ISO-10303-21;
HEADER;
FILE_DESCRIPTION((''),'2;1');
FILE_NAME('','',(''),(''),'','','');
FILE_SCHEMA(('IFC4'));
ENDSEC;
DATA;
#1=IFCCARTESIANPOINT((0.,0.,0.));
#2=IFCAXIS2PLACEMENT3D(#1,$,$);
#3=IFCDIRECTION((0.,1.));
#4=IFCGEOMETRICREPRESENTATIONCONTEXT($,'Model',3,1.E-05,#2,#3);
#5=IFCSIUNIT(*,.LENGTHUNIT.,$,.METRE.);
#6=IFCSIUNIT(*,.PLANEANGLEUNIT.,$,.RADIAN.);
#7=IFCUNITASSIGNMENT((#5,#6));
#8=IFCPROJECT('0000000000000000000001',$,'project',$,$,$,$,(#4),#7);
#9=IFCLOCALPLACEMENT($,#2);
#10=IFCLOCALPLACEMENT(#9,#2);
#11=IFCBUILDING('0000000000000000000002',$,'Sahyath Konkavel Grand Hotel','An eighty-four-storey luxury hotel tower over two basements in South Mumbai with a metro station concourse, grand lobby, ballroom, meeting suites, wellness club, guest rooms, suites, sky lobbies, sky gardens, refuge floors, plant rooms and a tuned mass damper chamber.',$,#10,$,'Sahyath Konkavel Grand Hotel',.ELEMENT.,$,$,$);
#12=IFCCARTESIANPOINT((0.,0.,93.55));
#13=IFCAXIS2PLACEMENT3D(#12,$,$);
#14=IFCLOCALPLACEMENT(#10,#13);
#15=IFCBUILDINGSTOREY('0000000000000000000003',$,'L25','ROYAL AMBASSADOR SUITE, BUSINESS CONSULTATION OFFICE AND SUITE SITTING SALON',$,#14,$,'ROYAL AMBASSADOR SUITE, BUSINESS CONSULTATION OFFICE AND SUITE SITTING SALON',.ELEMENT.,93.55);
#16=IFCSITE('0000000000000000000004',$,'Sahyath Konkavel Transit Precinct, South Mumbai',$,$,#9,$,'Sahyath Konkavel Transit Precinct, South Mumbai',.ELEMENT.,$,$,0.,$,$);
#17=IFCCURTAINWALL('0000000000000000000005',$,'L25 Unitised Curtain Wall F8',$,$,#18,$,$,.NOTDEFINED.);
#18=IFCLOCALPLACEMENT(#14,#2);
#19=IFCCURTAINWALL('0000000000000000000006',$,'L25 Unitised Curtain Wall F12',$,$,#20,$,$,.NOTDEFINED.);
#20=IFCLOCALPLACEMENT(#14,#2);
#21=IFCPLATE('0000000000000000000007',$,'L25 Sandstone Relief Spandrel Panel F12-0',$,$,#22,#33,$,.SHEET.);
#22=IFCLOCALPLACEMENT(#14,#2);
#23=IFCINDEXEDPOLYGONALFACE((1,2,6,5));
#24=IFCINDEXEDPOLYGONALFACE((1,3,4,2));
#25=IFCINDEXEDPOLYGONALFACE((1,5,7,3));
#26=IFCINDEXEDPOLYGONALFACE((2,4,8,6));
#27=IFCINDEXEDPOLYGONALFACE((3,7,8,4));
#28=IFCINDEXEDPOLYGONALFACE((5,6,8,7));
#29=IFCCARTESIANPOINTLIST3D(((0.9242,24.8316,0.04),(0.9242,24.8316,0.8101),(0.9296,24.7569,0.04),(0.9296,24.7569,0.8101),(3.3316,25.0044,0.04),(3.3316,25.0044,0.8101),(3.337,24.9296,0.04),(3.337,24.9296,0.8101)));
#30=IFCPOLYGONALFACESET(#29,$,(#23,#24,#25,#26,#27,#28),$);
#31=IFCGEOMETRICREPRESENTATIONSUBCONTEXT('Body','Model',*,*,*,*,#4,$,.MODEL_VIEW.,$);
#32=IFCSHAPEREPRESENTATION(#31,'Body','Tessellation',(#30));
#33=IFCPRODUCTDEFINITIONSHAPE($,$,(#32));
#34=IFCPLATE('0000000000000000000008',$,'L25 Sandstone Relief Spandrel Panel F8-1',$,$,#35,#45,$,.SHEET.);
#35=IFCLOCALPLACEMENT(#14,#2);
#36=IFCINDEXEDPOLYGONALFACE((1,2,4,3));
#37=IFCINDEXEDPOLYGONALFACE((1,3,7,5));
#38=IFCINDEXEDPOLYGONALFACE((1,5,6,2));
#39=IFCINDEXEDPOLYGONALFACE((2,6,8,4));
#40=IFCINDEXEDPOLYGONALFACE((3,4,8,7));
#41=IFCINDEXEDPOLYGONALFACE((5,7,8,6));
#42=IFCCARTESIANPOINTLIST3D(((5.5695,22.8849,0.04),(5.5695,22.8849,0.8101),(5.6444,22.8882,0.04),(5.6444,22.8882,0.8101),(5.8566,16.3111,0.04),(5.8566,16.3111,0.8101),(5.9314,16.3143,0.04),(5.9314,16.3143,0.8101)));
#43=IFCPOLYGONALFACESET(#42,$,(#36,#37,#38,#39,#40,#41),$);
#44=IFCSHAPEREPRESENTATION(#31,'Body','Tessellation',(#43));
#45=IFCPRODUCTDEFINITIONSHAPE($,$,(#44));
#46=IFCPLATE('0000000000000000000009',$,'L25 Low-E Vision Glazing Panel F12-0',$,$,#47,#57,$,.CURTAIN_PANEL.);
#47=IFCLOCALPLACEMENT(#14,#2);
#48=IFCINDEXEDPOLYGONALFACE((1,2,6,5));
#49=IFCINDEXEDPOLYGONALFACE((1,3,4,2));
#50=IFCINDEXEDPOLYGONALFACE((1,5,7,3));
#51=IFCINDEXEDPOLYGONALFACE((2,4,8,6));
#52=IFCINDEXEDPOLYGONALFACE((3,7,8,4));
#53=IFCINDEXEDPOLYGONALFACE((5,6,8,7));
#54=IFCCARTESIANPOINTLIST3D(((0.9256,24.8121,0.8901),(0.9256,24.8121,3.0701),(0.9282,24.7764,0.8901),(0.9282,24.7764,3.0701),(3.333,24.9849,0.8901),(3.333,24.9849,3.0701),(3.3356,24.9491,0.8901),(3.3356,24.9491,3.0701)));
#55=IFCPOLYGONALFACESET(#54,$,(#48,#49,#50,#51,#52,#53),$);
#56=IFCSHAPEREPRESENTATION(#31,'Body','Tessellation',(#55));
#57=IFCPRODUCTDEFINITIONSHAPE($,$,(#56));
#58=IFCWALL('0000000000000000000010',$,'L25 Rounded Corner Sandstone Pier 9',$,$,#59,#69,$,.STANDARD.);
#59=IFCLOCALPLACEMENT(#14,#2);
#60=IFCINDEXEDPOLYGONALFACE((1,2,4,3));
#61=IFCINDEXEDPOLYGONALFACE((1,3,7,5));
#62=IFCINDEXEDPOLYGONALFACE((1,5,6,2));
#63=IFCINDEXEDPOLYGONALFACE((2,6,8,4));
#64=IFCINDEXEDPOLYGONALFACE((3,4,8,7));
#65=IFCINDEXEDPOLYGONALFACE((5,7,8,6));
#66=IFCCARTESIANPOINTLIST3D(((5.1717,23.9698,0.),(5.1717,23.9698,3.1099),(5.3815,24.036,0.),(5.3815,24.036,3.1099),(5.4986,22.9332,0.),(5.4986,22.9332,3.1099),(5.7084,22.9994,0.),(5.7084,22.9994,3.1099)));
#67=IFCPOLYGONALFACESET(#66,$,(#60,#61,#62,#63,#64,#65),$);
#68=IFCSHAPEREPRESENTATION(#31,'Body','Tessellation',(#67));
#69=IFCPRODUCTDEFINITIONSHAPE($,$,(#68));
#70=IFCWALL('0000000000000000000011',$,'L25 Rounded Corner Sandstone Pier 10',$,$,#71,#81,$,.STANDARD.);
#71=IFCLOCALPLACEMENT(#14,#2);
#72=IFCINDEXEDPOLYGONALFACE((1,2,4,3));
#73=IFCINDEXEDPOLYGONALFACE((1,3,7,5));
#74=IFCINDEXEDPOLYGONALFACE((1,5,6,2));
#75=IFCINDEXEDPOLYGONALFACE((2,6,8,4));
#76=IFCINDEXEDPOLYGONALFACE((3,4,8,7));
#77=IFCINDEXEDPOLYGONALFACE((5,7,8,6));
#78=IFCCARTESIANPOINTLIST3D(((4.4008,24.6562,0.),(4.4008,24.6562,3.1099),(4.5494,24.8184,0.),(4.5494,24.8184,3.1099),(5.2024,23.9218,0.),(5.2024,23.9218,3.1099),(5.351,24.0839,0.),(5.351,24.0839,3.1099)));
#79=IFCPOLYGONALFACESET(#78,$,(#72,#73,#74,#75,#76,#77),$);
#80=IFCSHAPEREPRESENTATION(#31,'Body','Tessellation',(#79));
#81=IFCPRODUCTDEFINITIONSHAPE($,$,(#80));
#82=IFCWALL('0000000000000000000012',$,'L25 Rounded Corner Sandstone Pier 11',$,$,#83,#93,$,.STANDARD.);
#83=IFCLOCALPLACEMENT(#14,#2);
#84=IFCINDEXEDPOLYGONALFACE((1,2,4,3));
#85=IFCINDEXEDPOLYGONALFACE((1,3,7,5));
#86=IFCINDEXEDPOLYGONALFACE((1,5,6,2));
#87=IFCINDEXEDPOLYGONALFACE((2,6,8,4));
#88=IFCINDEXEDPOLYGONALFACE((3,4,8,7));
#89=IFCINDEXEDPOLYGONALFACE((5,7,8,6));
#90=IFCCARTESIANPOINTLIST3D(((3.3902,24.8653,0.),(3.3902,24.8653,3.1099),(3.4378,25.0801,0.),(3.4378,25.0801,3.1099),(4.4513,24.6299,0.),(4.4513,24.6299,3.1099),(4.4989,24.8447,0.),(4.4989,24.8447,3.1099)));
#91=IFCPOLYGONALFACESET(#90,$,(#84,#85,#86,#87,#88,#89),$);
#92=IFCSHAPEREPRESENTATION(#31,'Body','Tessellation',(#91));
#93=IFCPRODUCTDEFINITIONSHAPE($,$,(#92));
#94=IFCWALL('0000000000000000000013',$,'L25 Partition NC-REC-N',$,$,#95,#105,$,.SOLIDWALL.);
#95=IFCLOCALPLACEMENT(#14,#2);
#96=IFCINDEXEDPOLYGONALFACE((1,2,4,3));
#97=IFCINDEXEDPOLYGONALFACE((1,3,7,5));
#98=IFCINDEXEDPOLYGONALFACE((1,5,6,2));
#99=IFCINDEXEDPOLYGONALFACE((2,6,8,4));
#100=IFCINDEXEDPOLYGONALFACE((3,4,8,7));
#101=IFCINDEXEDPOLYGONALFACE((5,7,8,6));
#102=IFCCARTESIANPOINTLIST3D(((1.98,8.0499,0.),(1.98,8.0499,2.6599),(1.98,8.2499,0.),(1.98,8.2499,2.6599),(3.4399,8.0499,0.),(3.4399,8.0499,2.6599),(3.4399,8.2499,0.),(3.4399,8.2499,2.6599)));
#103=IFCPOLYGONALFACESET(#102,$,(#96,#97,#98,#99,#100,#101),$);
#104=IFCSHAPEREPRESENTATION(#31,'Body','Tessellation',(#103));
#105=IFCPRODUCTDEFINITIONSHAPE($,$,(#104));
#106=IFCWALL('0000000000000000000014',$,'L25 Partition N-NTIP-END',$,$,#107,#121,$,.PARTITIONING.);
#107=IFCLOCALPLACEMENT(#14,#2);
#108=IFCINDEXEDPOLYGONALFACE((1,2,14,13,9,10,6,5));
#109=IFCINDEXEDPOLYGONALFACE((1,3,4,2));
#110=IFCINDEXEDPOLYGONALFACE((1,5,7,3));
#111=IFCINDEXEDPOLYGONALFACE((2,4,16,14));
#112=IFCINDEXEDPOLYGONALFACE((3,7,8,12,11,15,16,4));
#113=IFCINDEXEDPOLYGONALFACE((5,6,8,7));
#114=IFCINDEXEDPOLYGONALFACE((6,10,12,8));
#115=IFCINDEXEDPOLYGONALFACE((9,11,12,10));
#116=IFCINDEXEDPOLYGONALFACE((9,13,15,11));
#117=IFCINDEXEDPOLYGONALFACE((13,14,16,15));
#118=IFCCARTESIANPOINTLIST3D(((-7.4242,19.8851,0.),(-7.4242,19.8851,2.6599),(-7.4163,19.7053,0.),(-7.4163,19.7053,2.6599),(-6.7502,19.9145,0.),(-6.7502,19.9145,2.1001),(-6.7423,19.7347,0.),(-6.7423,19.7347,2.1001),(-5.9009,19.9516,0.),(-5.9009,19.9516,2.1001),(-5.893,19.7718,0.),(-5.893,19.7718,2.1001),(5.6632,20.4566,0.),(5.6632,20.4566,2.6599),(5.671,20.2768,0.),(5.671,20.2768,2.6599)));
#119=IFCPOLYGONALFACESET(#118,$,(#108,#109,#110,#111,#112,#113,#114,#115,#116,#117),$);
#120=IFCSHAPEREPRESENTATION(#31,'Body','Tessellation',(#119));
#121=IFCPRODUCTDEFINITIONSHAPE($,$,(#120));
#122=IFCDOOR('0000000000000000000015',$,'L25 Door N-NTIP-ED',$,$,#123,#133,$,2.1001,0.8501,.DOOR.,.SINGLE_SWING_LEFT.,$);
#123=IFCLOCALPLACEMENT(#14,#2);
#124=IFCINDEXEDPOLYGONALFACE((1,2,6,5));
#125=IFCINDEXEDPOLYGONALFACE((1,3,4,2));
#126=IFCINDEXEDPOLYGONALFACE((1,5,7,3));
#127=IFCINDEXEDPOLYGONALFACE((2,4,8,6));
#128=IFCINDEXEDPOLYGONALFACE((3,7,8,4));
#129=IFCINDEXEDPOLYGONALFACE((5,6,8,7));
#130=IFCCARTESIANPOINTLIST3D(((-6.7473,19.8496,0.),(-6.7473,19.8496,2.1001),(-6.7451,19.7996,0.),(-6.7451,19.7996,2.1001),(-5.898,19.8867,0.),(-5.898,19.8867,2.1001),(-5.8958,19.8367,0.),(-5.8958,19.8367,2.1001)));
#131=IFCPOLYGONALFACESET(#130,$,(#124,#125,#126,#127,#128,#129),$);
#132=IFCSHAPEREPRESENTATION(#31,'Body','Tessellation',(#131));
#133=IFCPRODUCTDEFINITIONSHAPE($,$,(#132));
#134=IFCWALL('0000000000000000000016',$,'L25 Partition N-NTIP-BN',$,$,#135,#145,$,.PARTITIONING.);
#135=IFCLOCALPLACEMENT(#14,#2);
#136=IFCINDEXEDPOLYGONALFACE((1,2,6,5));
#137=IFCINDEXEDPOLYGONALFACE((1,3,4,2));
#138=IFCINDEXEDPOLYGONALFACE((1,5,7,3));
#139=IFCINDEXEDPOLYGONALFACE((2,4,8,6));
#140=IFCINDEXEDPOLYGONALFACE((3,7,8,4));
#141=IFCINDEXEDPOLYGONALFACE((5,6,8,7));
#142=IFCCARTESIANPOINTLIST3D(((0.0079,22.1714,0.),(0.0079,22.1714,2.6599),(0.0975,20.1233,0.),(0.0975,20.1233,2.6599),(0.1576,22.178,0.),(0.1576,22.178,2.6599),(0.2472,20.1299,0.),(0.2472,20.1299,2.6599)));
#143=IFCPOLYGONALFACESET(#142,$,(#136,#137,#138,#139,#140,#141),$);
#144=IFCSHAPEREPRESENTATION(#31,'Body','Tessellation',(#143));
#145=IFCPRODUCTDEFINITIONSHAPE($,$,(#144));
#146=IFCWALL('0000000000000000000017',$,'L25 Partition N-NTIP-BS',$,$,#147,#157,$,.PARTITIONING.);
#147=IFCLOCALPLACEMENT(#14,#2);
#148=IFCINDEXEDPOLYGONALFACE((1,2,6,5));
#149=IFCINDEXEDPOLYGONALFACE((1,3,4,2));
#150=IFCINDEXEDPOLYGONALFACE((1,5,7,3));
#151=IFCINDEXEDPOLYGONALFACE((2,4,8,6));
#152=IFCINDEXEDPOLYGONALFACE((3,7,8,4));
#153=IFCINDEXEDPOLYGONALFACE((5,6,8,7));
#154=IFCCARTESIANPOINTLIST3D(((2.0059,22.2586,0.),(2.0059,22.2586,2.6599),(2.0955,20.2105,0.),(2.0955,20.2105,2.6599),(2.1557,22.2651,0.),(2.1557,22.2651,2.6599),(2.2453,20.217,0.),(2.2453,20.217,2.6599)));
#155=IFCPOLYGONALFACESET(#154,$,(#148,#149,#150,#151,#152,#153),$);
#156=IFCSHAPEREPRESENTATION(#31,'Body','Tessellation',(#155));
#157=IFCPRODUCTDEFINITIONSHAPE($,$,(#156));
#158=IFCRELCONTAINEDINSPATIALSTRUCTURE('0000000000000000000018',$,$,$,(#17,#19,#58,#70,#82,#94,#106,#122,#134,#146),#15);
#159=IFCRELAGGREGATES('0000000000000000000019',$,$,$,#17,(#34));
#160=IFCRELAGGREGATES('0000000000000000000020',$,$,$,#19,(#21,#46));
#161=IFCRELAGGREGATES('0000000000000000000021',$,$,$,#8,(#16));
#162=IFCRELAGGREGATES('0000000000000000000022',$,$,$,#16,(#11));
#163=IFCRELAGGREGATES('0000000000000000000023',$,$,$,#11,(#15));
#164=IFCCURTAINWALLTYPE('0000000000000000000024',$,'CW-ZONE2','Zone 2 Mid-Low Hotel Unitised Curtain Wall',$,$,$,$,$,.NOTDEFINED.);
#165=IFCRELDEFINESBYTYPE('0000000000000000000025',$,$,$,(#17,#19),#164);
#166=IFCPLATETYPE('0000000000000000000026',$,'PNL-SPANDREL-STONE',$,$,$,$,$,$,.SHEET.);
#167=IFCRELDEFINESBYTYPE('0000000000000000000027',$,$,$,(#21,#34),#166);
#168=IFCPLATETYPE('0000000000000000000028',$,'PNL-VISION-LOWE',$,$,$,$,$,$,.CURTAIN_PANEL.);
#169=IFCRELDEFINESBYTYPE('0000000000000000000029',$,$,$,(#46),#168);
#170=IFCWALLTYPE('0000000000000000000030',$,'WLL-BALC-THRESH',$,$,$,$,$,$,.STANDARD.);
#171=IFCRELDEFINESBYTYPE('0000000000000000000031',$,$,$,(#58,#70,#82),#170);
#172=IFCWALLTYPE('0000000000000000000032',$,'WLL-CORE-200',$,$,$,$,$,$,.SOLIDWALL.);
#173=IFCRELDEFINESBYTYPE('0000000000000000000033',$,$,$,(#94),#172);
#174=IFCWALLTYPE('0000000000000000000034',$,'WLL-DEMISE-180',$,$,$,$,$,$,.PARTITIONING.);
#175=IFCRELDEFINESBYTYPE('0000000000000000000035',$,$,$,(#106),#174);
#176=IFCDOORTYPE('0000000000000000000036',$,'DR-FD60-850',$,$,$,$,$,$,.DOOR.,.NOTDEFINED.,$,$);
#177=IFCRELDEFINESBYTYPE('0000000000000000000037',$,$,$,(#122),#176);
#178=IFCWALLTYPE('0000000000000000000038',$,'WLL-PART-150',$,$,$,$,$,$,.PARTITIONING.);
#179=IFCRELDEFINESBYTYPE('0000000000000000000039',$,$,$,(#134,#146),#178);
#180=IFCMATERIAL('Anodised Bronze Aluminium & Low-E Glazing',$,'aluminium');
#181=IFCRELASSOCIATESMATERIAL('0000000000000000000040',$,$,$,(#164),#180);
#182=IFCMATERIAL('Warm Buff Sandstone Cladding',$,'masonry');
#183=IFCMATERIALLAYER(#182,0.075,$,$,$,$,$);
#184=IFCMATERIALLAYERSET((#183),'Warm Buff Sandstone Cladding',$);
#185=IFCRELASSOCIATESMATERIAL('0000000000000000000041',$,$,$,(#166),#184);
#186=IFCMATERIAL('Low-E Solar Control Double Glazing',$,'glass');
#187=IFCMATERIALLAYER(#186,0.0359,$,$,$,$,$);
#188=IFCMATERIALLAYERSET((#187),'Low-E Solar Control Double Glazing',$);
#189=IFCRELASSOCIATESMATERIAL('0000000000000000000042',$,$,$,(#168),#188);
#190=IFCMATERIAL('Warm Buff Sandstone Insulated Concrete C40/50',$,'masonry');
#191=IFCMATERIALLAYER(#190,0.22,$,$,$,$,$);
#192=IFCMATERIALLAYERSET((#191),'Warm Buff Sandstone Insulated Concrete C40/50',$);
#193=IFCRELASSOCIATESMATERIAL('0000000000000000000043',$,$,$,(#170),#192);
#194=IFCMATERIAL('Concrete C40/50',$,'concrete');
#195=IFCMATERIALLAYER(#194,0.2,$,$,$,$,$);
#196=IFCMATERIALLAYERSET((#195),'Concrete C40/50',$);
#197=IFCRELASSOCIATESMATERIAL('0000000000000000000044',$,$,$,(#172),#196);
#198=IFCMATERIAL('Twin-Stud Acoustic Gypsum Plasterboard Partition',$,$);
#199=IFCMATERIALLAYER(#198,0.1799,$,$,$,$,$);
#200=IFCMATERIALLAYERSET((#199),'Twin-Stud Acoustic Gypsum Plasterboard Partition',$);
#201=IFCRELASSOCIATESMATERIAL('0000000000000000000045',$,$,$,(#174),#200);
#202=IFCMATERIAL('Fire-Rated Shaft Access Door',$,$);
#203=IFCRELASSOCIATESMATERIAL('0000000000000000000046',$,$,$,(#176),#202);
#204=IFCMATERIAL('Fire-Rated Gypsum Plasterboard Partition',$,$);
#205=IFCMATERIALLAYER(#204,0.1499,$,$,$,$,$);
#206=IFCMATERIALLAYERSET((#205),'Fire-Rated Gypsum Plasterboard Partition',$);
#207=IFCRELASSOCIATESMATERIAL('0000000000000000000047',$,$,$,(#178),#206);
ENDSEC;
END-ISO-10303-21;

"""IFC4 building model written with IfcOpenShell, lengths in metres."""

from ifc_helpers import new_model, si_unit, direction, frame, frame_2d, origin, origin_2d, place, context, subcontext, project, spatial, rectangle, extrude, source, transform, mapped, material, layer, layer_set, type_object, element, fill, aggregate, save


model = new_model("IFC4")

# Units and contexts
model_context = context("Model", 3, precision=1e-05, world=origin(), true_north=direction((0.0, 1.0)))
body_context = subcontext(model_context, "Body", "Model", "MODEL_VIEW")
ifc_project = project(units=[si_unit("LENGTHUNIT", "METRE"), si_unit("PLANEANGLEUNIT", "RADIAN")], contexts=[model_context])

# Site, building, storey
site_placement = place(None, origin())
site = spatial("IfcSite", under=ifc_project, at=site_placement, Name="Sahyath Konkavel Transit Precinct, South Mumbai", LongName="Sahyath Konkavel Transit Precinct, South Mumbai", CompositionType="ELEMENT", RefElevation=0.0)
building_placement = place(site_placement, origin())
building = spatial("IfcBuilding", under=site, at=building_placement, Name="Sahyath Konkavel Grand Hotel", Description="An eighty-four-storey luxury hotel tower over two basements in South Mumbai with a metro station concourse, grand lobby, ballroom, meeting suites, wellness club, guest rooms, suites, sky lobbies, sky gardens, refuge floors, plant rooms and a tuned mass damper chamber.", LongName="Sahyath Konkavel Grand Hotel", CompositionType="ELEMENT")
storey_placement = place(building_placement, frame((0.0, 0.0, 93.55)))
storey = spatial("IfcBuildingStorey", under=building, at=storey_placement, Name="L25", Description="ROYAL AMBASSADOR SUITE, BUSINESS CONSULTATION OFFICE AND SUITE SITTING SALON", LongName="ROYAL AMBASSADOR SUITE, BUSINESS CONSULTATION OFFICE AND SUITE SITTING SALON", CompositionType="ELEMENT", Elevation=93.55)

# Curtain wall
ifc_material_1 = material(Name="Anodised Bronze Aluminium & Low-E Glazing", Category="aluminium")
curtain_wall_type = type_object("IfcCurtainWallType", Name="CW-ZONE2", Description="Zone 2 Mid-Low Hotel Unitised Curtain Wall", PredefinedType="NOTDEFINED", material=ifc_material_1)
curtain_wall_1_placement = place(storey_placement, origin())
curtain_wall_1 = element("IfcCurtainWall", 1, at=curtain_wall_1_placement, inside=storey, type_object=curtain_wall_type, Name="L25 Unitised Curtain Wall F8", PredefinedType="NOTDEFINED")

# Curtain wall, plate
curtain_wall_2_placement = place(storey_placement, origin())
curtain_wall_2 = element("IfcCurtainWall", 2, at=curtain_wall_2_placement, inside=storey, type_object=curtain_wall_type, Name="L25 Unitised Curtain Wall F12", PredefinedType="NOTDEFINED")
ifc_material_2 = material(Name="Warm Buff Sandstone Cladding", Category="masonry")
ifc_layer_1 = layer(ifc_material_2, 0.075)
ifc_layer_set_1 = layer_set([ifc_layer_1], Name="Warm Buff Sandstone Cladding")
plate_type_1 = type_object("IfcPlateType", Name="PNL-SPANDREL-STONE", PredefinedType="SHEET", material=ifc_layer_set_1)
shared_shape_1 = source(origin(), body_context, "Body", "SweptSolid", [
    extrude(rectangle(XDim=2.4136, YDim=0.075, at=origin_2d()), origin(), (0.0, 0.0, 1.0), 0.77),
])
plate_1_placement = place(storey_placement, frame((2.1306, 24.8806, 0.04), z_axis=(0.0, 0.0, 1.0), x_axis=(-0.997436, -0.071567, 0.0)))
plate_1 = element("IfcPlate", 3, at=plate_1_placement, type_object=plate_type_1, Name="L25 Sandstone Relief Spandrel Panel F12-0", PredefinedType="SHEET", context=body_context, shape_type="MappedRepresentation", body=[
    mapped(shared_shape_1, transform((0.0, 0.0, 0.0), scale=1.0)),
])

# Plates
shared_shape_2 = source(origin(), body_context, "Body", "SweptSolid", [
    extrude(rectangle(XDim=6.5801, YDim=0.075, at=origin_2d()), origin(), (0.0, 0.0, 1.0), 0.77),
])
plate_2_placement = place(storey_placement, frame((5.7505, 19.5996, 0.04), z_axis=(0.0, 0.0, 1.0), x_axis=(-0.043619, 0.999048, 0.0)))
plate_2 = element("IfcPlate", 4, at=plate_2_placement, type_object=plate_type_1, Name="L25 Sandstone Relief Spandrel Panel F8-1", PredefinedType="SHEET", context=body_context, shape_type="MappedRepresentation", body=[
    mapped(shared_shape_2, transform((0.0, 0.0, 0.0), scale=1.0)),
])
aggregate(curtain_wall_1, [plate_2])
ifc_material_3 = material(Name="Low-E Solar Control Double Glazing", Category="glass")
ifc_layer_2 = layer(ifc_material_3, 0.0359)
ifc_layer_set_2 = layer_set([ifc_layer_2], Name="Low-E Solar Control Double Glazing")
plate_type_2 = type_object("IfcPlateType", Name="PNL-VISION-LOWE", PredefinedType="CURTAIN_PANEL", material=ifc_layer_set_2)
shared_shape_3 = source(origin(), body_context, "Body", "SweptSolid", [
    extrude(rectangle(XDim=2.4136, YDim=0.0359, at=origin_2d()), origin(), (0.0, 0.0, 1.0), 2.1799),
])
plate_3_placement = place(storey_placement, frame((2.1306, 24.8806, 0.8901), z_axis=(0.0, 0.0, 1.0), x_axis=(-0.997436, -0.071567, 0.0)))
plate_3 = element("IfcPlate", 5, at=plate_3_placement, type_object=plate_type_2, Name="L25 Low-E Vision Glazing Panel F12-0", PredefinedType="CURTAIN_PANEL", context=body_context, shape_type="MappedRepresentation", body=[
    mapped(shared_shape_3, transform((0.0, 0.0, 0.0), scale=1.0)),
])
aggregate(curtain_wall_2, [plate_1, plate_3])

# Walls
ifc_material_4 = material(Name="Warm Buff Sandstone Insulated Concrete C40/50", Category="masonry")
ifc_layer_3 = layer(ifc_material_4, 0.22)
ifc_layer_set_3 = layer_set([ifc_layer_3], Name="Warm Buff Sandstone Insulated Concrete C40/50")
wall_type_1 = type_object("IfcWallType", Name="WLL-BALC-THRESH", PredefinedType="STANDARD", material=ifc_layer_set_3)
wall_1_placement = place(storey_placement, frame((5.6035, 22.9663, 0.0), z_axis=(0.0, 0.0, 1.0), x_axis=(-0.300755, 0.953701, 0.0)))
element("IfcWall", 6, at=wall_1_placement, inside=storey, type_object=wall_type_1, Name="L25 Rounded Corner Sandstone Pier 9", PredefinedType="STANDARD", context=body_context, shape_type="SweptSolid", body=[
    extrude(rectangle(XDim=1.0869, YDim=0.22, at=frame_2d((0.5435, 0.0))), origin(), (0.0, 0.0, 1.0), 3.1099),
])
wall_2_placement = place(storey_placement, frame((5.2766, 24.0029, 0.0), z_axis=(0.0, 0.0, 1.0), x_axis=(-0.737313, 0.675552, 0.0)))
element("IfcWall", 7, at=wall_2_placement, inside=storey, type_object=wall_type_1, Name="L25 Rounded Corner Sandstone Pier 10", PredefinedType="STANDARD", context=body_context, shape_type="SweptSolid", body=[
    extrude(rectangle(XDim=1.0872, YDim=0.22, at=frame_2d((0.5435, 0.0))), origin(), (0.0, 0.0, 1.0), 3.1099),
])
wall_3_placement = place(storey_placement, frame((4.4751, 24.7373, 0.0), z_axis=(0.0, 0.0, 1.0), x_axis=(-0.976272, 0.21655, 0.0)))
element("IfcWall", 8, at=wall_3_placement, inside=storey, type_object=wall_type_1, Name="L25 Rounded Corner Sandstone Pier 11", PredefinedType="STANDARD", context=body_context, shape_type="SweptSolid", body=[
    extrude(rectangle(XDim=1.0869, YDim=0.22, at=frame_2d((0.5435, 0.0))), origin(), (0.0, 0.0, 1.0), 3.1099),
])
ifc_material_5 = material(Name="Concrete C40/50", Category="concrete")
ifc_layer_4 = layer(ifc_material_5, 0.2)
ifc_layer_set_4 = layer_set([ifc_layer_4], Name="Concrete C40/50")
wall_type_2 = type_object("IfcWallType", Name="WLL-CORE-200", PredefinedType="SOLIDWALL", material=ifc_layer_set_4)
wall_4_placement = place(storey_placement, frame((1.98, 8.1499, 0.0), z_axis=(0.0, 0.0, 1.0), x_axis=(1.0, 0.0, 0.0)))
element("IfcWall", 9, at=wall_4_placement, inside=storey, type_object=wall_type_2, Name="L25 Partition NC-REC-N", PredefinedType="SOLIDWALL", context=body_context, shape_type="SweptSolid", body=[
    extrude(rectangle(XDim=1.46, YDim=0.2, at=frame_2d((0.73, 0.0))), origin(), (0.0, 0.0, 1.0), 2.6599),
])

# Wall, opening, door
ifc_material_6 = material(Name="Twin-Stud Acoustic Gypsum Plasterboard Partition")
ifc_layer_5 = layer(ifc_material_6, 0.1799)
ifc_layer_set_5 = layer_set([ifc_layer_5], Name="Twin-Stud Acoustic Gypsum Plasterboard Partition")
wall_type_3 = type_object("IfcWallType", Name="WLL-DEMISE-180", PredefinedType="PARTITIONING", material=ifc_layer_set_5)
wall_5_placement = place(storey_placement, frame((5.667, 20.3667, 0.0), z_axis=(0.0, 0.0, 1.0), x_axis=(-0.999048, -0.043629, 0.0)))
wall_5 = element("IfcWall", 10, at=wall_5_placement, inside=storey, type_object=wall_type_3, Name="L25 Partition N-NTIP-END", PredefinedType="PARTITIONING", context=body_context, shape_type="SweptSolid", body=[
    extrude(rectangle(XDim=13.0999, YDim=0.1799, at=frame_2d((6.5498, 0.0))), origin(), (0.0, 0.0, 1.0), 2.6599),
])
opening_1_placement = place(wall_5_placement, frame((11.575, 0.0, 0.0)))
opening_1 = element("IfcOpeningElement", 11, at=opening_1_placement, cuts=wall_5, PredefinedType="OPENING", context=body_context, shape_type="SweptSolid", body=[
    extrude(rectangle(XDim=0.8501, YDim=2.1001, at=frame_2d((0.425, 1.05))), frame((0.0, 0.1001, 0.0), z_axis=(0.0, -1.0, 0.0), x_axis=(1.0, 0.0, 0.0)), (0.0, 0.0, 1.0), 0.2),
])
ifc_material_7 = material(Name="Fire-Rated Shaft Access Door")
door_type_1 = type_object("IfcDoorType", Name="DR-FD60-850", OperationType="NOTDEFINED", PredefinedType="DOOR", material=ifc_material_7)
shared_shape_4 = source(origin(), body_context, "Body", "SweptSolid", [
    extrude(rectangle(XDim=0.8501, YDim=0.05, at=origin_2d()), origin(), (0.0, 0.0, 1.0), 2.1001),
])
door_1_placement = place(opening_1_placement, frame((0.425, 0.0, 0.0)))
door_1 = element("IfcDoor", 12, at=door_1_placement, inside=storey, type_object=door_type_1, Name="L25 Door N-NTIP-ED", OperationType="SINGLE_SWING_LEFT", OverallHeight=2.1001, OverallWidth=0.8501, PredefinedType="DOOR", context=body_context, shape_type="MappedRepresentation", body=[
    mapped(shared_shape_4, transform((0.0, 0.0, 0.0), scale=1.0)),
])
fill(opening_1, door_1)

# Walls
ifc_material_8 = material(Name="Fire-Rated Gypsum Plasterboard Partition")
ifc_layer_6 = layer(ifc_material_8, 0.1499)
ifc_layer_set_6 = layer_set([ifc_layer_6], Name="Fire-Rated Gypsum Plasterboard Partition")
wall_type_4 = type_object("IfcWallType", Name="WLL-PART-150", PredefinedType="PARTITIONING", material=ifc_layer_set_6)
for number, where, z_axis, x_axis, name in (
    (13, (0.1724, 20.1267, 0.0), (0.0, 0.0, 1.0), (-0.043706, 0.999044, 0.0), "L25 Partition N-NTIP-BN"),
    (14, (2.1704, 20.2139, 0.0), (0.0, 0.0, 1.0), (-0.043706, 0.999044, 0.0), "L25 Partition N-NTIP-BS"),
):
    element("IfcWall", number, at=place(storey_placement, frame(where, z_axis=z_axis, x_axis=x_axis)), inside=storey, type_object=wall_type_4, Name=name, PredefinedType="PARTITIONING", context=body_context, shape_type="SweptSolid", body=[
        extrude(rectangle(XDim=2.05, YDim=0.1499, at=frame_2d((1.0249, 0.0))), origin(), (0.0, 0.0, 1.0), 2.6599),
    ])

save(model, "model.ifc")
